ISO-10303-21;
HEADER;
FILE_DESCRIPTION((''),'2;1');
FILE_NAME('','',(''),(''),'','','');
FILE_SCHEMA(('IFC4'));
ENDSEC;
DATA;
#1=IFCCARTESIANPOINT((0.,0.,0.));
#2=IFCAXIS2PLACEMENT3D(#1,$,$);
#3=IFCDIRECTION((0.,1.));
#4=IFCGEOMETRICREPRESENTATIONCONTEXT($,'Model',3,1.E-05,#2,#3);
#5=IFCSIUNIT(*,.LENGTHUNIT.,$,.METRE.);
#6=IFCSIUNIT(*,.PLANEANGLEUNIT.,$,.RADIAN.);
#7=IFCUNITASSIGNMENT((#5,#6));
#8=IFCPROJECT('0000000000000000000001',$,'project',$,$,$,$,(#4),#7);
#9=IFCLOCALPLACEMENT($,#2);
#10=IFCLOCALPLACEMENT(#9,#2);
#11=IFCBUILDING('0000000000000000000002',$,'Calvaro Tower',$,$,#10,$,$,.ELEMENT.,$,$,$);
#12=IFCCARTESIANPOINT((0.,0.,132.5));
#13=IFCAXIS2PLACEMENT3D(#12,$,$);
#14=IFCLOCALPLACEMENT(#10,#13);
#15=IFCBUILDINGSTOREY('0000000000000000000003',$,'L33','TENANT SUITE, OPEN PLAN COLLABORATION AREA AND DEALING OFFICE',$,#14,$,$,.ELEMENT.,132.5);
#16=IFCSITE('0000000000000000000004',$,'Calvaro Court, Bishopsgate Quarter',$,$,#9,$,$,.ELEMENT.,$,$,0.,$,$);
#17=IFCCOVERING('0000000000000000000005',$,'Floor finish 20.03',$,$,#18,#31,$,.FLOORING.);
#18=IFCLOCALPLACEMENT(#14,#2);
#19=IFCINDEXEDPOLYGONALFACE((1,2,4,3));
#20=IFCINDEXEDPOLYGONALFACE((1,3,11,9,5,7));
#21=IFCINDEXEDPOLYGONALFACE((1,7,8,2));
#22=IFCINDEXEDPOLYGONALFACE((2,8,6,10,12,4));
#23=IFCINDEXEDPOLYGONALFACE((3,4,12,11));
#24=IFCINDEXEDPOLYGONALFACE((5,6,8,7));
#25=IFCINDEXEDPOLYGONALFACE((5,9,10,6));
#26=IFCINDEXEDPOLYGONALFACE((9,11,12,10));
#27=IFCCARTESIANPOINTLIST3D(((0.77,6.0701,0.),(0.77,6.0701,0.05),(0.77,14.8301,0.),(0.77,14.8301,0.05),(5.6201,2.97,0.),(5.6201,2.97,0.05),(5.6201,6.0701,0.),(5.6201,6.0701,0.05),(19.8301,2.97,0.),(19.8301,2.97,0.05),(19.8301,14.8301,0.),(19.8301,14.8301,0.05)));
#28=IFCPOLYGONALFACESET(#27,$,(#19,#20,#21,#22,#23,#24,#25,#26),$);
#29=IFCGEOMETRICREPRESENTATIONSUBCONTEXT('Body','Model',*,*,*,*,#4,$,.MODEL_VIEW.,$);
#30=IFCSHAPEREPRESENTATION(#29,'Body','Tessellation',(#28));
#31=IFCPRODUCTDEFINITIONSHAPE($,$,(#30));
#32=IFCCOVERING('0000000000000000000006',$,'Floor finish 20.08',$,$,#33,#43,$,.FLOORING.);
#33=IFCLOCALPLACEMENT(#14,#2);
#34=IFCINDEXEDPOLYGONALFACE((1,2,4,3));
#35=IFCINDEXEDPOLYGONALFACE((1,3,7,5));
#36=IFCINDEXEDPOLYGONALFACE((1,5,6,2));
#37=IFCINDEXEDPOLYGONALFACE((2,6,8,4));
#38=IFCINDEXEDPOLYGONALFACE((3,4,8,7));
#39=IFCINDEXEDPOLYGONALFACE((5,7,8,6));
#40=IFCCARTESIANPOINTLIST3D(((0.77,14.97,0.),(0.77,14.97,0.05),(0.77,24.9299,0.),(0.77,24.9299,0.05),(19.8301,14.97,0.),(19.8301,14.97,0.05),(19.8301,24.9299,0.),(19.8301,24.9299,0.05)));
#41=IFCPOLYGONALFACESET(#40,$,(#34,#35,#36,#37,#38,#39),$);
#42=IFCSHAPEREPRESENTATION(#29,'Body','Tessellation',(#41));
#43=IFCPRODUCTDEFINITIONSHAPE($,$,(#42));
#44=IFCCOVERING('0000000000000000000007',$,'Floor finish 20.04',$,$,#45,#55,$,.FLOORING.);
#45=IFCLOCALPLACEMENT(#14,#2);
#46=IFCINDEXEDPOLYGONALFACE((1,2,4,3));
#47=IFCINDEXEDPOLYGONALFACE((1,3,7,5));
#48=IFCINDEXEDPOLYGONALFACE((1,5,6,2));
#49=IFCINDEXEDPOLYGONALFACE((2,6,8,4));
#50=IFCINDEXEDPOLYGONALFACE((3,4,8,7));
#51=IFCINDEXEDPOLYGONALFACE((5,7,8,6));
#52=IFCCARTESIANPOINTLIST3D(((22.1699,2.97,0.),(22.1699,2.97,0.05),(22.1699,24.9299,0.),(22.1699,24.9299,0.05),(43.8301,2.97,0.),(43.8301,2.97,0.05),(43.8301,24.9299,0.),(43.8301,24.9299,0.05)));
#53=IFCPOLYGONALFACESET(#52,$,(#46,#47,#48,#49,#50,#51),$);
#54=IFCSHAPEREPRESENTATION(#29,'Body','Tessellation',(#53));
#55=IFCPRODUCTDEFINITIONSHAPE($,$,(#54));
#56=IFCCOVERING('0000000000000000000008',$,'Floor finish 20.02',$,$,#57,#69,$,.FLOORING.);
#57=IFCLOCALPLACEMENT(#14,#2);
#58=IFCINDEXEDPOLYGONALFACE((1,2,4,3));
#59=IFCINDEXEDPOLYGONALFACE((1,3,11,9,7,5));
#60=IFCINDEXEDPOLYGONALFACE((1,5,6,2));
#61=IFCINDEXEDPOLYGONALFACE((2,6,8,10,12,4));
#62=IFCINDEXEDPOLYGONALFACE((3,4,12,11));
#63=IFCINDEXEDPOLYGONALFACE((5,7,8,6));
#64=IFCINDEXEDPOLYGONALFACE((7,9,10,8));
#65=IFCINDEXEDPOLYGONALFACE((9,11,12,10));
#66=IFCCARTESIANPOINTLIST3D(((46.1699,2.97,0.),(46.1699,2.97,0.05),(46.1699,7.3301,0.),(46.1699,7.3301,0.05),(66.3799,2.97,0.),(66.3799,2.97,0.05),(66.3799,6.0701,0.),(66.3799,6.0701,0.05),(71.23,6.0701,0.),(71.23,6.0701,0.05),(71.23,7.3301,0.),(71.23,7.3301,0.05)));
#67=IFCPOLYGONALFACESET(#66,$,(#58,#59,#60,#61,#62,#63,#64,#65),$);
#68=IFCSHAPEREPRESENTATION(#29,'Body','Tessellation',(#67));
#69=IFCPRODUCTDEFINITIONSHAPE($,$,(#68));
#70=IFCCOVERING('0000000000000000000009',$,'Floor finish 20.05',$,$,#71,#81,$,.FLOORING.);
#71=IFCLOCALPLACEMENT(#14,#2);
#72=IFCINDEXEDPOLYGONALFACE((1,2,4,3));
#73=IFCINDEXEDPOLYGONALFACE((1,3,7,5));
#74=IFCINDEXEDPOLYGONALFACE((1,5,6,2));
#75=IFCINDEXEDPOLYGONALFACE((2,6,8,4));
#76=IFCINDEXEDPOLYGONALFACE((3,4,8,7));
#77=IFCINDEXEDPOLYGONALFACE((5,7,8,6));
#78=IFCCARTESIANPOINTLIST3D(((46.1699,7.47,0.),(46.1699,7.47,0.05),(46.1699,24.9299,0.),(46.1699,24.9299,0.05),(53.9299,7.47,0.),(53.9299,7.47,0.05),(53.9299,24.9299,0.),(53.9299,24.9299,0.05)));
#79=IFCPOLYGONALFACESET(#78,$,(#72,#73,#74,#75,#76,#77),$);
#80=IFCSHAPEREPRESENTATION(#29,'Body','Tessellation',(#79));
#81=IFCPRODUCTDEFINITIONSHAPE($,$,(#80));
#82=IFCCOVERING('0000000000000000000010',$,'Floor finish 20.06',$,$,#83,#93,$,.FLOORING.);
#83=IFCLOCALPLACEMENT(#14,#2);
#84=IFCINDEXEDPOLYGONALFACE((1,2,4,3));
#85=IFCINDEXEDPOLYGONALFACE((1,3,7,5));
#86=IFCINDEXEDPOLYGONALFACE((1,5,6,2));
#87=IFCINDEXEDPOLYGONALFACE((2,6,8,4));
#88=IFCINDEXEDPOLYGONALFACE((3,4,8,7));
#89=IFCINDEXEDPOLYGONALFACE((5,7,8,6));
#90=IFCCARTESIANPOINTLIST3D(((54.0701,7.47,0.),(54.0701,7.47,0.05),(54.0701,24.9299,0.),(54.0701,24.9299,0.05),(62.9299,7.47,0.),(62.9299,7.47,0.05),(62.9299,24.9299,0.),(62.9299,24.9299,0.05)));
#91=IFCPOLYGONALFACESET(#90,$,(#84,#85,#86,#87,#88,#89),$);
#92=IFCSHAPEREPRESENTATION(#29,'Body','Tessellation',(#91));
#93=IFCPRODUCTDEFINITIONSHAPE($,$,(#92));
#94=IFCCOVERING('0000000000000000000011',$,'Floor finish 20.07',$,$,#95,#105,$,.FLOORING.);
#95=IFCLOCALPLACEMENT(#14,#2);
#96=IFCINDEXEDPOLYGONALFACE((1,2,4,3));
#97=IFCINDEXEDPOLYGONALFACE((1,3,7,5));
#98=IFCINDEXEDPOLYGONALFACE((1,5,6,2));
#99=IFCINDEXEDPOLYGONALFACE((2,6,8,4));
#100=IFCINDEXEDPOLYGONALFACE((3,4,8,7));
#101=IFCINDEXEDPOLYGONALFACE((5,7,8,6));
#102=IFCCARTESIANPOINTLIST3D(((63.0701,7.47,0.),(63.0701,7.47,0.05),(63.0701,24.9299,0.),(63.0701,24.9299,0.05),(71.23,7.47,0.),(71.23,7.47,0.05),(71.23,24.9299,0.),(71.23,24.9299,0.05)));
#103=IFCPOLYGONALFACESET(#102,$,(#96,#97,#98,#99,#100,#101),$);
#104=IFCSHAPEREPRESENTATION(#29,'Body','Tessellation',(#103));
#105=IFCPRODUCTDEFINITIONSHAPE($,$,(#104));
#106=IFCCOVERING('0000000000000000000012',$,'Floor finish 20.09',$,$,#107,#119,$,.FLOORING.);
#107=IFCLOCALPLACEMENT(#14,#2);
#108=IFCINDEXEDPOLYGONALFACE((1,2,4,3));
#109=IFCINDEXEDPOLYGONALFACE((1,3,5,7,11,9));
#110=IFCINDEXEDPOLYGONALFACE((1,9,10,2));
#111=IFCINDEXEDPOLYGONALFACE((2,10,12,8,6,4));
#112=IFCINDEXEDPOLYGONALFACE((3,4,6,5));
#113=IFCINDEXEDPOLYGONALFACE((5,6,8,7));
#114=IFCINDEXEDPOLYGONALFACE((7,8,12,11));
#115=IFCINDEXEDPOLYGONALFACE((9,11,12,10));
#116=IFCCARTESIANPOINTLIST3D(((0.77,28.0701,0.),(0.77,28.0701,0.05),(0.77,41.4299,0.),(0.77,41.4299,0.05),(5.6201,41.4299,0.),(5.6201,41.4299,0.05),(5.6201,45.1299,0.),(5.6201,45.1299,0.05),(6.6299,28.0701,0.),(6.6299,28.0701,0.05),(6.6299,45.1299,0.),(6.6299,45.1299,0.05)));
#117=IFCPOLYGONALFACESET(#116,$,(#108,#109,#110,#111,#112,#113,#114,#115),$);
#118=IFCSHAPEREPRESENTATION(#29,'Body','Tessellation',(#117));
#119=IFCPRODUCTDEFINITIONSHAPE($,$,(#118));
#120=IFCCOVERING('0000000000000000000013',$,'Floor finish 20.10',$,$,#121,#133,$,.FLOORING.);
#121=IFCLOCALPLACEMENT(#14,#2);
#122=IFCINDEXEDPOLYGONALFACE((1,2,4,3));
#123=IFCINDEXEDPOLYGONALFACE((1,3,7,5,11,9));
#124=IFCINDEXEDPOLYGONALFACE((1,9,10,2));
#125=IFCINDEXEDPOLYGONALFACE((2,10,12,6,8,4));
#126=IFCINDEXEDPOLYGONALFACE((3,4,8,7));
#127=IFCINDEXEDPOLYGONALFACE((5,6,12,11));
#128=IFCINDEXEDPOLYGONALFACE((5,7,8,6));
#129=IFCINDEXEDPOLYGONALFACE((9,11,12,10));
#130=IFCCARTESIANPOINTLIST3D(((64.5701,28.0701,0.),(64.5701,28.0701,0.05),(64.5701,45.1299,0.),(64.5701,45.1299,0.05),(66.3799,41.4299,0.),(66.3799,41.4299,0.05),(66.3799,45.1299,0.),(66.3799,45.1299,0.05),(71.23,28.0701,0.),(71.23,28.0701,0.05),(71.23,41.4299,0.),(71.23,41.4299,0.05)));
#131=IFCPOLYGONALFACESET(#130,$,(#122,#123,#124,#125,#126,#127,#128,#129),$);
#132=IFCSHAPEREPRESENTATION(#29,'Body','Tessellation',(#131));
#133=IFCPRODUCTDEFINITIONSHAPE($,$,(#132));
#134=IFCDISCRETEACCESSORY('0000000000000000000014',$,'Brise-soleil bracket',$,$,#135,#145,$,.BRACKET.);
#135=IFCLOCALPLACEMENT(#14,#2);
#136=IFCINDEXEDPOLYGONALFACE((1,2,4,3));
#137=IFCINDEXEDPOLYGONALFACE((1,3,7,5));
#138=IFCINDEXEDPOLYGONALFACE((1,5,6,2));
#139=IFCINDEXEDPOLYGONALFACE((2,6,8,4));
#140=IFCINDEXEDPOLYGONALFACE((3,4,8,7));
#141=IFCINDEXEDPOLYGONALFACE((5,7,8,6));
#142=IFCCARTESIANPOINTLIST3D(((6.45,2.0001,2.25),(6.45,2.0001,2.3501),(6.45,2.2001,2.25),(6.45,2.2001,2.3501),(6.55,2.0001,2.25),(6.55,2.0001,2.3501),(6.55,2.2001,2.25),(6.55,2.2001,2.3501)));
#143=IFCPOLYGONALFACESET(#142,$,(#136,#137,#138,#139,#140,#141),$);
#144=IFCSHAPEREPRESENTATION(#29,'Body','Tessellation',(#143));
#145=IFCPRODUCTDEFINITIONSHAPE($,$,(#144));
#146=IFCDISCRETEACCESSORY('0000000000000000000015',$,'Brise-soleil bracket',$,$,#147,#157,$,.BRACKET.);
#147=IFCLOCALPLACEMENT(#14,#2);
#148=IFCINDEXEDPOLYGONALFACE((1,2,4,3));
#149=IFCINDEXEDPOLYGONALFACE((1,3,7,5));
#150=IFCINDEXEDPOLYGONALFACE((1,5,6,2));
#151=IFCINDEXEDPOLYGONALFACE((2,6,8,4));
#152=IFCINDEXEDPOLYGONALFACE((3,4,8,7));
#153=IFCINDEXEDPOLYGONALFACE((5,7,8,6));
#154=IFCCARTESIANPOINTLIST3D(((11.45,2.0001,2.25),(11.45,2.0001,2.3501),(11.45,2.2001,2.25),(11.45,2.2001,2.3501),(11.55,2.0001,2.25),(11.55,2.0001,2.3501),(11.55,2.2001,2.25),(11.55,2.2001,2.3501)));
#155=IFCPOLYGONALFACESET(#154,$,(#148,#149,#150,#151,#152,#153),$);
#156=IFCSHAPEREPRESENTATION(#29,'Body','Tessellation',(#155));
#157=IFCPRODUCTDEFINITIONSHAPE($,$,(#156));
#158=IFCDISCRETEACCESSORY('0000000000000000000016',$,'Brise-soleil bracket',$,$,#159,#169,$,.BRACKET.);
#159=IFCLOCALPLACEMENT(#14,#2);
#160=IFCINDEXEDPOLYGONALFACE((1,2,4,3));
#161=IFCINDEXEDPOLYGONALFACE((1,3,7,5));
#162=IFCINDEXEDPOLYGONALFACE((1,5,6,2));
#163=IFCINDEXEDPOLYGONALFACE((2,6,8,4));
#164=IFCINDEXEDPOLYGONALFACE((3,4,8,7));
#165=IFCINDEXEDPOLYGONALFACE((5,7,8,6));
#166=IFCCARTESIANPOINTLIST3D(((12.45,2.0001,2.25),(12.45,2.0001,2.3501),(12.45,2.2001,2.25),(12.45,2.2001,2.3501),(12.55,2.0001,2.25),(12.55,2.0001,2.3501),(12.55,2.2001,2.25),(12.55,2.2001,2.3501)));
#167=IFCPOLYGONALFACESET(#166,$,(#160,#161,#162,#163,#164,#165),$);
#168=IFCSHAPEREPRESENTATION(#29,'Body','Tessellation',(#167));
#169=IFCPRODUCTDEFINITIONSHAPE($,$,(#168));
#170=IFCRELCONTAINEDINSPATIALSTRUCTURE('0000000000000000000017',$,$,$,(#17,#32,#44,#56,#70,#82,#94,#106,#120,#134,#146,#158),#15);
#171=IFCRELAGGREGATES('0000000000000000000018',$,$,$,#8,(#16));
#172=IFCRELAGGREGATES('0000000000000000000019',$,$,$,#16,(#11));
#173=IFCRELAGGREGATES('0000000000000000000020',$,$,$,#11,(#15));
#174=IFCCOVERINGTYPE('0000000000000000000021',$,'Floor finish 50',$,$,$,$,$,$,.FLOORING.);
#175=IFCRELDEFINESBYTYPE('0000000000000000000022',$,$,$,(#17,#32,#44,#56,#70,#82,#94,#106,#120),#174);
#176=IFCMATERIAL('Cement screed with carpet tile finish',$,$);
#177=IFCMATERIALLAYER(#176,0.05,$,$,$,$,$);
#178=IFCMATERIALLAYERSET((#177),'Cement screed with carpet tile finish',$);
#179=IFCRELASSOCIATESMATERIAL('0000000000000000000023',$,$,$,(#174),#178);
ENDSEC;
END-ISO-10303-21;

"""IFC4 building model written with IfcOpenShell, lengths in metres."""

from ifc_helpers import new_model, si_unit, direction, frame, origin, origin_2d, place, context, subcontext, project, spatial, polyline, rectangle, outline, extrude, material, layer, layer_set, type_object, element, save


model = new_model("IFC4")

# Units and contexts
model_context = context("Model", 3, precision=1e-05, world=origin(), true_north=direction((0.0, 1.0)))
body_context = subcontext(model_context, "Body", "Model", "MODEL_VIEW")
ifc_project = project(units=[si_unit("LENGTHUNIT", "METRE"), si_unit("PLANEANGLEUNIT", "RADIAN")], contexts=[model_context])

# Site, building, storey
site_placement = place(None, origin())
site = spatial("IfcSite", under=ifc_project, at=site_placement, Name="Calvaro Court, Bishopsgate Quarter", CompositionType="ELEMENT", RefElevation=0.0)
building_placement = place(site_placement, origin())
building = spatial("IfcBuilding", under=site, at=building_placement, Name="Calvaro Tower", CompositionType="ELEMENT")
storey_placement = place(building_placement, frame((0.0, 0.0, 132.5)))
storey = spatial("IfcBuildingStorey", under=building, at=storey_placement, Name="L33", Description="TENANT SUITE, OPEN PLAN COLLABORATION AREA AND DEALING OFFICE", CompositionType="ELEMENT", Elevation=132.5)

# Coverings
ifc_material_1 = material(Name="Cement screed with carpet tile finish")
ifc_layer_1 = layer(ifc_material_1, 0.05)
ifc_layer_set_1 = layer_set([ifc_layer_1], Name="Cement screed with carpet tile finish")
covering_type = type_object("IfcCoveringType", Name="Floor finish 50", PredefinedType="FLOORING", material=ifc_layer_set_1)
covering_1_placement = place(storey_placement, origin())
element("IfcCovering", 1, at=covering_1_placement, inside=storey, type_object=covering_type, Name="Floor finish 20.03", PredefinedType="FLOORING", context=body_context, shape_type="SweptSolid", body=[
    extrude(outline(polyline([(19.8301, 14.8301), (19.8301, 2.97), (5.6201, 2.97), (5.6201, 6.0701), (0.77, 6.0701), (0.77, 14.8301), (19.8301, 14.8301)])), origin(), (0.0, 0.0, 1.0), 0.05),
])
covering_2_placement = place(storey_placement, origin())
element("IfcCovering", 2, at=covering_2_placement, inside=storey, type_object=covering_type, Name="Floor finish 20.08", PredefinedType="FLOORING", context=body_context, shape_type="SweptSolid", body=[
    extrude(outline(polyline([(19.8301, 24.9299), (19.8301, 14.97), (0.77, 14.97), (0.77, 24.9299), (19.8301, 24.9299)])), origin(), (0.0, 0.0, 1.0), 0.05),
])
covering_3_placement = place(storey_placement, origin())
element("IfcCovering", 3, at=covering_3_placement, inside=storey, type_object=covering_type, Name="Floor finish 20.04", PredefinedType="FLOORING", context=body_context, shape_type="SweptSolid", body=[
    extrude(outline(polyline([(22.1699, 24.9299), (43.8301, 24.9299), (43.8301, 2.97), (22.1699, 2.97), (22.1699, 24.9299)])), origin(), (0.0, 0.0, 1.0), 0.05),
])
covering_4_placement = place(storey_placement, origin())
element("IfcCovering", 4, at=covering_4_placement, inside=storey, type_object=covering_type, Name="Floor finish 20.02", PredefinedType="FLOORING", context=body_context, shape_type="SweptSolid", body=[
    extrude(outline(polyline([(71.23, 6.0701), (66.3799, 6.0701), (66.3799, 2.97), (46.1699, 2.97), (46.1699, 7.3301), (71.23, 7.3301), (71.23, 6.0701)])), origin(), (0.0, 0.0, 1.0), 0.05),
])
covering_5_placement = place(storey_placement, origin())
element("IfcCovering", 5, at=covering_5_placement, inside=storey, type_object=covering_type, Name="Floor finish 20.05", PredefinedType="FLOORING", context=body_context, shape_type="SweptSolid", body=[
    extrude(outline(polyline([(46.1699, 7.47), (46.1699, 24.9299), (53.9299, 24.9299), (53.9299, 7.47), (46.1699, 7.47)])), origin(), (0.0, 0.0, 1.0), 0.05),
])
covering_6_placement = place(storey_placement, origin())
element("IfcCovering", 6, at=covering_6_placement, inside=storey, type_object=covering_type, Name="Floor finish 20.06", PredefinedType="FLOORING", context=body_context, shape_type="SweptSolid", body=[
    extrude(outline(polyline([(54.0701, 7.47), (54.0701, 24.9299), (62.9299, 24.9299), (62.9299, 7.47), (54.0701, 7.47)])), origin(), (0.0, 0.0, 1.0), 0.05),
])
covering_7_placement = place(storey_placement, origin())
element("IfcCovering", 7, at=covering_7_placement, inside=storey, type_object=covering_type, Name="Floor finish 20.07", PredefinedType="FLOORING", context=body_context, shape_type="SweptSolid", body=[
    extrude(outline(polyline([(71.23, 7.47), (63.0701, 7.47), (63.0701, 24.9299), (71.23, 24.9299), (71.23, 7.47)])), origin(), (0.0, 0.0, 1.0), 0.05),
])
covering_8_placement = place(storey_placement, origin())
element("IfcCovering", 8, at=covering_8_placement, inside=storey, type_object=covering_type, Name="Floor finish 20.09", PredefinedType="FLOORING", context=body_context, shape_type="SweptSolid", body=[
    extrude(outline(polyline([(6.6299, 28.0701), (0.77, 28.0701), (0.77, 41.4299), (5.6201, 41.4299), (5.6201, 45.1299), (6.6299, 45.1299), (6.6299, 28.0701)])), origin(), (0.0, 0.0, 1.0), 0.05),
])
covering_9_placement = place(storey_placement, origin())
element("IfcCovering", 9, at=covering_9_placement, inside=storey, type_object=covering_type, Name="Floor finish 20.10", PredefinedType="FLOORING", context=body_context, shape_type="SweptSolid", body=[
    extrude(outline(polyline([(71.23, 28.0701), (64.5701, 28.0701), (64.5701, 45.1299), (66.3799, 45.1299), (66.3799, 41.4299), (71.23, 41.4299), (71.23, 28.0701)])), origin(), (0.0, 0.0, 1.0), 0.05),
])

# Discrete accessories
for number, where, z_axis, x_axis, name in (
    (10, (6.5, 2.1001, 2.25), (0.0, 0.0, 1.0), (1.0, 0.0, 0.0), "Brise-soleil bracket"),
    (11, (11.5, 2.1001, 2.25), (0.0, 0.0, 1.0), (1.0, 0.0, 0.0), "Brise-soleil bracket"),
    (12, (12.5, 2.1001, 2.25), (0.0, 0.0, 1.0), (1.0, 0.0, 0.0), "Brise-soleil bracket"),
):
    element("IfcDiscreteAccessory", number, at=place(storey_placement, frame(where, z_axis=z_axis, x_axis=x_axis)), inside=storey, Name=name, PredefinedType="BRACKET", context=body_context, shape_type="SweptSolid", body=[
        extrude(rectangle(XDim=0.1001, YDim=0.2, at=origin_2d()), origin(), (0.0, 0.0, 1.0), 0.1001),
    ])

save(model, "model.ifc")
